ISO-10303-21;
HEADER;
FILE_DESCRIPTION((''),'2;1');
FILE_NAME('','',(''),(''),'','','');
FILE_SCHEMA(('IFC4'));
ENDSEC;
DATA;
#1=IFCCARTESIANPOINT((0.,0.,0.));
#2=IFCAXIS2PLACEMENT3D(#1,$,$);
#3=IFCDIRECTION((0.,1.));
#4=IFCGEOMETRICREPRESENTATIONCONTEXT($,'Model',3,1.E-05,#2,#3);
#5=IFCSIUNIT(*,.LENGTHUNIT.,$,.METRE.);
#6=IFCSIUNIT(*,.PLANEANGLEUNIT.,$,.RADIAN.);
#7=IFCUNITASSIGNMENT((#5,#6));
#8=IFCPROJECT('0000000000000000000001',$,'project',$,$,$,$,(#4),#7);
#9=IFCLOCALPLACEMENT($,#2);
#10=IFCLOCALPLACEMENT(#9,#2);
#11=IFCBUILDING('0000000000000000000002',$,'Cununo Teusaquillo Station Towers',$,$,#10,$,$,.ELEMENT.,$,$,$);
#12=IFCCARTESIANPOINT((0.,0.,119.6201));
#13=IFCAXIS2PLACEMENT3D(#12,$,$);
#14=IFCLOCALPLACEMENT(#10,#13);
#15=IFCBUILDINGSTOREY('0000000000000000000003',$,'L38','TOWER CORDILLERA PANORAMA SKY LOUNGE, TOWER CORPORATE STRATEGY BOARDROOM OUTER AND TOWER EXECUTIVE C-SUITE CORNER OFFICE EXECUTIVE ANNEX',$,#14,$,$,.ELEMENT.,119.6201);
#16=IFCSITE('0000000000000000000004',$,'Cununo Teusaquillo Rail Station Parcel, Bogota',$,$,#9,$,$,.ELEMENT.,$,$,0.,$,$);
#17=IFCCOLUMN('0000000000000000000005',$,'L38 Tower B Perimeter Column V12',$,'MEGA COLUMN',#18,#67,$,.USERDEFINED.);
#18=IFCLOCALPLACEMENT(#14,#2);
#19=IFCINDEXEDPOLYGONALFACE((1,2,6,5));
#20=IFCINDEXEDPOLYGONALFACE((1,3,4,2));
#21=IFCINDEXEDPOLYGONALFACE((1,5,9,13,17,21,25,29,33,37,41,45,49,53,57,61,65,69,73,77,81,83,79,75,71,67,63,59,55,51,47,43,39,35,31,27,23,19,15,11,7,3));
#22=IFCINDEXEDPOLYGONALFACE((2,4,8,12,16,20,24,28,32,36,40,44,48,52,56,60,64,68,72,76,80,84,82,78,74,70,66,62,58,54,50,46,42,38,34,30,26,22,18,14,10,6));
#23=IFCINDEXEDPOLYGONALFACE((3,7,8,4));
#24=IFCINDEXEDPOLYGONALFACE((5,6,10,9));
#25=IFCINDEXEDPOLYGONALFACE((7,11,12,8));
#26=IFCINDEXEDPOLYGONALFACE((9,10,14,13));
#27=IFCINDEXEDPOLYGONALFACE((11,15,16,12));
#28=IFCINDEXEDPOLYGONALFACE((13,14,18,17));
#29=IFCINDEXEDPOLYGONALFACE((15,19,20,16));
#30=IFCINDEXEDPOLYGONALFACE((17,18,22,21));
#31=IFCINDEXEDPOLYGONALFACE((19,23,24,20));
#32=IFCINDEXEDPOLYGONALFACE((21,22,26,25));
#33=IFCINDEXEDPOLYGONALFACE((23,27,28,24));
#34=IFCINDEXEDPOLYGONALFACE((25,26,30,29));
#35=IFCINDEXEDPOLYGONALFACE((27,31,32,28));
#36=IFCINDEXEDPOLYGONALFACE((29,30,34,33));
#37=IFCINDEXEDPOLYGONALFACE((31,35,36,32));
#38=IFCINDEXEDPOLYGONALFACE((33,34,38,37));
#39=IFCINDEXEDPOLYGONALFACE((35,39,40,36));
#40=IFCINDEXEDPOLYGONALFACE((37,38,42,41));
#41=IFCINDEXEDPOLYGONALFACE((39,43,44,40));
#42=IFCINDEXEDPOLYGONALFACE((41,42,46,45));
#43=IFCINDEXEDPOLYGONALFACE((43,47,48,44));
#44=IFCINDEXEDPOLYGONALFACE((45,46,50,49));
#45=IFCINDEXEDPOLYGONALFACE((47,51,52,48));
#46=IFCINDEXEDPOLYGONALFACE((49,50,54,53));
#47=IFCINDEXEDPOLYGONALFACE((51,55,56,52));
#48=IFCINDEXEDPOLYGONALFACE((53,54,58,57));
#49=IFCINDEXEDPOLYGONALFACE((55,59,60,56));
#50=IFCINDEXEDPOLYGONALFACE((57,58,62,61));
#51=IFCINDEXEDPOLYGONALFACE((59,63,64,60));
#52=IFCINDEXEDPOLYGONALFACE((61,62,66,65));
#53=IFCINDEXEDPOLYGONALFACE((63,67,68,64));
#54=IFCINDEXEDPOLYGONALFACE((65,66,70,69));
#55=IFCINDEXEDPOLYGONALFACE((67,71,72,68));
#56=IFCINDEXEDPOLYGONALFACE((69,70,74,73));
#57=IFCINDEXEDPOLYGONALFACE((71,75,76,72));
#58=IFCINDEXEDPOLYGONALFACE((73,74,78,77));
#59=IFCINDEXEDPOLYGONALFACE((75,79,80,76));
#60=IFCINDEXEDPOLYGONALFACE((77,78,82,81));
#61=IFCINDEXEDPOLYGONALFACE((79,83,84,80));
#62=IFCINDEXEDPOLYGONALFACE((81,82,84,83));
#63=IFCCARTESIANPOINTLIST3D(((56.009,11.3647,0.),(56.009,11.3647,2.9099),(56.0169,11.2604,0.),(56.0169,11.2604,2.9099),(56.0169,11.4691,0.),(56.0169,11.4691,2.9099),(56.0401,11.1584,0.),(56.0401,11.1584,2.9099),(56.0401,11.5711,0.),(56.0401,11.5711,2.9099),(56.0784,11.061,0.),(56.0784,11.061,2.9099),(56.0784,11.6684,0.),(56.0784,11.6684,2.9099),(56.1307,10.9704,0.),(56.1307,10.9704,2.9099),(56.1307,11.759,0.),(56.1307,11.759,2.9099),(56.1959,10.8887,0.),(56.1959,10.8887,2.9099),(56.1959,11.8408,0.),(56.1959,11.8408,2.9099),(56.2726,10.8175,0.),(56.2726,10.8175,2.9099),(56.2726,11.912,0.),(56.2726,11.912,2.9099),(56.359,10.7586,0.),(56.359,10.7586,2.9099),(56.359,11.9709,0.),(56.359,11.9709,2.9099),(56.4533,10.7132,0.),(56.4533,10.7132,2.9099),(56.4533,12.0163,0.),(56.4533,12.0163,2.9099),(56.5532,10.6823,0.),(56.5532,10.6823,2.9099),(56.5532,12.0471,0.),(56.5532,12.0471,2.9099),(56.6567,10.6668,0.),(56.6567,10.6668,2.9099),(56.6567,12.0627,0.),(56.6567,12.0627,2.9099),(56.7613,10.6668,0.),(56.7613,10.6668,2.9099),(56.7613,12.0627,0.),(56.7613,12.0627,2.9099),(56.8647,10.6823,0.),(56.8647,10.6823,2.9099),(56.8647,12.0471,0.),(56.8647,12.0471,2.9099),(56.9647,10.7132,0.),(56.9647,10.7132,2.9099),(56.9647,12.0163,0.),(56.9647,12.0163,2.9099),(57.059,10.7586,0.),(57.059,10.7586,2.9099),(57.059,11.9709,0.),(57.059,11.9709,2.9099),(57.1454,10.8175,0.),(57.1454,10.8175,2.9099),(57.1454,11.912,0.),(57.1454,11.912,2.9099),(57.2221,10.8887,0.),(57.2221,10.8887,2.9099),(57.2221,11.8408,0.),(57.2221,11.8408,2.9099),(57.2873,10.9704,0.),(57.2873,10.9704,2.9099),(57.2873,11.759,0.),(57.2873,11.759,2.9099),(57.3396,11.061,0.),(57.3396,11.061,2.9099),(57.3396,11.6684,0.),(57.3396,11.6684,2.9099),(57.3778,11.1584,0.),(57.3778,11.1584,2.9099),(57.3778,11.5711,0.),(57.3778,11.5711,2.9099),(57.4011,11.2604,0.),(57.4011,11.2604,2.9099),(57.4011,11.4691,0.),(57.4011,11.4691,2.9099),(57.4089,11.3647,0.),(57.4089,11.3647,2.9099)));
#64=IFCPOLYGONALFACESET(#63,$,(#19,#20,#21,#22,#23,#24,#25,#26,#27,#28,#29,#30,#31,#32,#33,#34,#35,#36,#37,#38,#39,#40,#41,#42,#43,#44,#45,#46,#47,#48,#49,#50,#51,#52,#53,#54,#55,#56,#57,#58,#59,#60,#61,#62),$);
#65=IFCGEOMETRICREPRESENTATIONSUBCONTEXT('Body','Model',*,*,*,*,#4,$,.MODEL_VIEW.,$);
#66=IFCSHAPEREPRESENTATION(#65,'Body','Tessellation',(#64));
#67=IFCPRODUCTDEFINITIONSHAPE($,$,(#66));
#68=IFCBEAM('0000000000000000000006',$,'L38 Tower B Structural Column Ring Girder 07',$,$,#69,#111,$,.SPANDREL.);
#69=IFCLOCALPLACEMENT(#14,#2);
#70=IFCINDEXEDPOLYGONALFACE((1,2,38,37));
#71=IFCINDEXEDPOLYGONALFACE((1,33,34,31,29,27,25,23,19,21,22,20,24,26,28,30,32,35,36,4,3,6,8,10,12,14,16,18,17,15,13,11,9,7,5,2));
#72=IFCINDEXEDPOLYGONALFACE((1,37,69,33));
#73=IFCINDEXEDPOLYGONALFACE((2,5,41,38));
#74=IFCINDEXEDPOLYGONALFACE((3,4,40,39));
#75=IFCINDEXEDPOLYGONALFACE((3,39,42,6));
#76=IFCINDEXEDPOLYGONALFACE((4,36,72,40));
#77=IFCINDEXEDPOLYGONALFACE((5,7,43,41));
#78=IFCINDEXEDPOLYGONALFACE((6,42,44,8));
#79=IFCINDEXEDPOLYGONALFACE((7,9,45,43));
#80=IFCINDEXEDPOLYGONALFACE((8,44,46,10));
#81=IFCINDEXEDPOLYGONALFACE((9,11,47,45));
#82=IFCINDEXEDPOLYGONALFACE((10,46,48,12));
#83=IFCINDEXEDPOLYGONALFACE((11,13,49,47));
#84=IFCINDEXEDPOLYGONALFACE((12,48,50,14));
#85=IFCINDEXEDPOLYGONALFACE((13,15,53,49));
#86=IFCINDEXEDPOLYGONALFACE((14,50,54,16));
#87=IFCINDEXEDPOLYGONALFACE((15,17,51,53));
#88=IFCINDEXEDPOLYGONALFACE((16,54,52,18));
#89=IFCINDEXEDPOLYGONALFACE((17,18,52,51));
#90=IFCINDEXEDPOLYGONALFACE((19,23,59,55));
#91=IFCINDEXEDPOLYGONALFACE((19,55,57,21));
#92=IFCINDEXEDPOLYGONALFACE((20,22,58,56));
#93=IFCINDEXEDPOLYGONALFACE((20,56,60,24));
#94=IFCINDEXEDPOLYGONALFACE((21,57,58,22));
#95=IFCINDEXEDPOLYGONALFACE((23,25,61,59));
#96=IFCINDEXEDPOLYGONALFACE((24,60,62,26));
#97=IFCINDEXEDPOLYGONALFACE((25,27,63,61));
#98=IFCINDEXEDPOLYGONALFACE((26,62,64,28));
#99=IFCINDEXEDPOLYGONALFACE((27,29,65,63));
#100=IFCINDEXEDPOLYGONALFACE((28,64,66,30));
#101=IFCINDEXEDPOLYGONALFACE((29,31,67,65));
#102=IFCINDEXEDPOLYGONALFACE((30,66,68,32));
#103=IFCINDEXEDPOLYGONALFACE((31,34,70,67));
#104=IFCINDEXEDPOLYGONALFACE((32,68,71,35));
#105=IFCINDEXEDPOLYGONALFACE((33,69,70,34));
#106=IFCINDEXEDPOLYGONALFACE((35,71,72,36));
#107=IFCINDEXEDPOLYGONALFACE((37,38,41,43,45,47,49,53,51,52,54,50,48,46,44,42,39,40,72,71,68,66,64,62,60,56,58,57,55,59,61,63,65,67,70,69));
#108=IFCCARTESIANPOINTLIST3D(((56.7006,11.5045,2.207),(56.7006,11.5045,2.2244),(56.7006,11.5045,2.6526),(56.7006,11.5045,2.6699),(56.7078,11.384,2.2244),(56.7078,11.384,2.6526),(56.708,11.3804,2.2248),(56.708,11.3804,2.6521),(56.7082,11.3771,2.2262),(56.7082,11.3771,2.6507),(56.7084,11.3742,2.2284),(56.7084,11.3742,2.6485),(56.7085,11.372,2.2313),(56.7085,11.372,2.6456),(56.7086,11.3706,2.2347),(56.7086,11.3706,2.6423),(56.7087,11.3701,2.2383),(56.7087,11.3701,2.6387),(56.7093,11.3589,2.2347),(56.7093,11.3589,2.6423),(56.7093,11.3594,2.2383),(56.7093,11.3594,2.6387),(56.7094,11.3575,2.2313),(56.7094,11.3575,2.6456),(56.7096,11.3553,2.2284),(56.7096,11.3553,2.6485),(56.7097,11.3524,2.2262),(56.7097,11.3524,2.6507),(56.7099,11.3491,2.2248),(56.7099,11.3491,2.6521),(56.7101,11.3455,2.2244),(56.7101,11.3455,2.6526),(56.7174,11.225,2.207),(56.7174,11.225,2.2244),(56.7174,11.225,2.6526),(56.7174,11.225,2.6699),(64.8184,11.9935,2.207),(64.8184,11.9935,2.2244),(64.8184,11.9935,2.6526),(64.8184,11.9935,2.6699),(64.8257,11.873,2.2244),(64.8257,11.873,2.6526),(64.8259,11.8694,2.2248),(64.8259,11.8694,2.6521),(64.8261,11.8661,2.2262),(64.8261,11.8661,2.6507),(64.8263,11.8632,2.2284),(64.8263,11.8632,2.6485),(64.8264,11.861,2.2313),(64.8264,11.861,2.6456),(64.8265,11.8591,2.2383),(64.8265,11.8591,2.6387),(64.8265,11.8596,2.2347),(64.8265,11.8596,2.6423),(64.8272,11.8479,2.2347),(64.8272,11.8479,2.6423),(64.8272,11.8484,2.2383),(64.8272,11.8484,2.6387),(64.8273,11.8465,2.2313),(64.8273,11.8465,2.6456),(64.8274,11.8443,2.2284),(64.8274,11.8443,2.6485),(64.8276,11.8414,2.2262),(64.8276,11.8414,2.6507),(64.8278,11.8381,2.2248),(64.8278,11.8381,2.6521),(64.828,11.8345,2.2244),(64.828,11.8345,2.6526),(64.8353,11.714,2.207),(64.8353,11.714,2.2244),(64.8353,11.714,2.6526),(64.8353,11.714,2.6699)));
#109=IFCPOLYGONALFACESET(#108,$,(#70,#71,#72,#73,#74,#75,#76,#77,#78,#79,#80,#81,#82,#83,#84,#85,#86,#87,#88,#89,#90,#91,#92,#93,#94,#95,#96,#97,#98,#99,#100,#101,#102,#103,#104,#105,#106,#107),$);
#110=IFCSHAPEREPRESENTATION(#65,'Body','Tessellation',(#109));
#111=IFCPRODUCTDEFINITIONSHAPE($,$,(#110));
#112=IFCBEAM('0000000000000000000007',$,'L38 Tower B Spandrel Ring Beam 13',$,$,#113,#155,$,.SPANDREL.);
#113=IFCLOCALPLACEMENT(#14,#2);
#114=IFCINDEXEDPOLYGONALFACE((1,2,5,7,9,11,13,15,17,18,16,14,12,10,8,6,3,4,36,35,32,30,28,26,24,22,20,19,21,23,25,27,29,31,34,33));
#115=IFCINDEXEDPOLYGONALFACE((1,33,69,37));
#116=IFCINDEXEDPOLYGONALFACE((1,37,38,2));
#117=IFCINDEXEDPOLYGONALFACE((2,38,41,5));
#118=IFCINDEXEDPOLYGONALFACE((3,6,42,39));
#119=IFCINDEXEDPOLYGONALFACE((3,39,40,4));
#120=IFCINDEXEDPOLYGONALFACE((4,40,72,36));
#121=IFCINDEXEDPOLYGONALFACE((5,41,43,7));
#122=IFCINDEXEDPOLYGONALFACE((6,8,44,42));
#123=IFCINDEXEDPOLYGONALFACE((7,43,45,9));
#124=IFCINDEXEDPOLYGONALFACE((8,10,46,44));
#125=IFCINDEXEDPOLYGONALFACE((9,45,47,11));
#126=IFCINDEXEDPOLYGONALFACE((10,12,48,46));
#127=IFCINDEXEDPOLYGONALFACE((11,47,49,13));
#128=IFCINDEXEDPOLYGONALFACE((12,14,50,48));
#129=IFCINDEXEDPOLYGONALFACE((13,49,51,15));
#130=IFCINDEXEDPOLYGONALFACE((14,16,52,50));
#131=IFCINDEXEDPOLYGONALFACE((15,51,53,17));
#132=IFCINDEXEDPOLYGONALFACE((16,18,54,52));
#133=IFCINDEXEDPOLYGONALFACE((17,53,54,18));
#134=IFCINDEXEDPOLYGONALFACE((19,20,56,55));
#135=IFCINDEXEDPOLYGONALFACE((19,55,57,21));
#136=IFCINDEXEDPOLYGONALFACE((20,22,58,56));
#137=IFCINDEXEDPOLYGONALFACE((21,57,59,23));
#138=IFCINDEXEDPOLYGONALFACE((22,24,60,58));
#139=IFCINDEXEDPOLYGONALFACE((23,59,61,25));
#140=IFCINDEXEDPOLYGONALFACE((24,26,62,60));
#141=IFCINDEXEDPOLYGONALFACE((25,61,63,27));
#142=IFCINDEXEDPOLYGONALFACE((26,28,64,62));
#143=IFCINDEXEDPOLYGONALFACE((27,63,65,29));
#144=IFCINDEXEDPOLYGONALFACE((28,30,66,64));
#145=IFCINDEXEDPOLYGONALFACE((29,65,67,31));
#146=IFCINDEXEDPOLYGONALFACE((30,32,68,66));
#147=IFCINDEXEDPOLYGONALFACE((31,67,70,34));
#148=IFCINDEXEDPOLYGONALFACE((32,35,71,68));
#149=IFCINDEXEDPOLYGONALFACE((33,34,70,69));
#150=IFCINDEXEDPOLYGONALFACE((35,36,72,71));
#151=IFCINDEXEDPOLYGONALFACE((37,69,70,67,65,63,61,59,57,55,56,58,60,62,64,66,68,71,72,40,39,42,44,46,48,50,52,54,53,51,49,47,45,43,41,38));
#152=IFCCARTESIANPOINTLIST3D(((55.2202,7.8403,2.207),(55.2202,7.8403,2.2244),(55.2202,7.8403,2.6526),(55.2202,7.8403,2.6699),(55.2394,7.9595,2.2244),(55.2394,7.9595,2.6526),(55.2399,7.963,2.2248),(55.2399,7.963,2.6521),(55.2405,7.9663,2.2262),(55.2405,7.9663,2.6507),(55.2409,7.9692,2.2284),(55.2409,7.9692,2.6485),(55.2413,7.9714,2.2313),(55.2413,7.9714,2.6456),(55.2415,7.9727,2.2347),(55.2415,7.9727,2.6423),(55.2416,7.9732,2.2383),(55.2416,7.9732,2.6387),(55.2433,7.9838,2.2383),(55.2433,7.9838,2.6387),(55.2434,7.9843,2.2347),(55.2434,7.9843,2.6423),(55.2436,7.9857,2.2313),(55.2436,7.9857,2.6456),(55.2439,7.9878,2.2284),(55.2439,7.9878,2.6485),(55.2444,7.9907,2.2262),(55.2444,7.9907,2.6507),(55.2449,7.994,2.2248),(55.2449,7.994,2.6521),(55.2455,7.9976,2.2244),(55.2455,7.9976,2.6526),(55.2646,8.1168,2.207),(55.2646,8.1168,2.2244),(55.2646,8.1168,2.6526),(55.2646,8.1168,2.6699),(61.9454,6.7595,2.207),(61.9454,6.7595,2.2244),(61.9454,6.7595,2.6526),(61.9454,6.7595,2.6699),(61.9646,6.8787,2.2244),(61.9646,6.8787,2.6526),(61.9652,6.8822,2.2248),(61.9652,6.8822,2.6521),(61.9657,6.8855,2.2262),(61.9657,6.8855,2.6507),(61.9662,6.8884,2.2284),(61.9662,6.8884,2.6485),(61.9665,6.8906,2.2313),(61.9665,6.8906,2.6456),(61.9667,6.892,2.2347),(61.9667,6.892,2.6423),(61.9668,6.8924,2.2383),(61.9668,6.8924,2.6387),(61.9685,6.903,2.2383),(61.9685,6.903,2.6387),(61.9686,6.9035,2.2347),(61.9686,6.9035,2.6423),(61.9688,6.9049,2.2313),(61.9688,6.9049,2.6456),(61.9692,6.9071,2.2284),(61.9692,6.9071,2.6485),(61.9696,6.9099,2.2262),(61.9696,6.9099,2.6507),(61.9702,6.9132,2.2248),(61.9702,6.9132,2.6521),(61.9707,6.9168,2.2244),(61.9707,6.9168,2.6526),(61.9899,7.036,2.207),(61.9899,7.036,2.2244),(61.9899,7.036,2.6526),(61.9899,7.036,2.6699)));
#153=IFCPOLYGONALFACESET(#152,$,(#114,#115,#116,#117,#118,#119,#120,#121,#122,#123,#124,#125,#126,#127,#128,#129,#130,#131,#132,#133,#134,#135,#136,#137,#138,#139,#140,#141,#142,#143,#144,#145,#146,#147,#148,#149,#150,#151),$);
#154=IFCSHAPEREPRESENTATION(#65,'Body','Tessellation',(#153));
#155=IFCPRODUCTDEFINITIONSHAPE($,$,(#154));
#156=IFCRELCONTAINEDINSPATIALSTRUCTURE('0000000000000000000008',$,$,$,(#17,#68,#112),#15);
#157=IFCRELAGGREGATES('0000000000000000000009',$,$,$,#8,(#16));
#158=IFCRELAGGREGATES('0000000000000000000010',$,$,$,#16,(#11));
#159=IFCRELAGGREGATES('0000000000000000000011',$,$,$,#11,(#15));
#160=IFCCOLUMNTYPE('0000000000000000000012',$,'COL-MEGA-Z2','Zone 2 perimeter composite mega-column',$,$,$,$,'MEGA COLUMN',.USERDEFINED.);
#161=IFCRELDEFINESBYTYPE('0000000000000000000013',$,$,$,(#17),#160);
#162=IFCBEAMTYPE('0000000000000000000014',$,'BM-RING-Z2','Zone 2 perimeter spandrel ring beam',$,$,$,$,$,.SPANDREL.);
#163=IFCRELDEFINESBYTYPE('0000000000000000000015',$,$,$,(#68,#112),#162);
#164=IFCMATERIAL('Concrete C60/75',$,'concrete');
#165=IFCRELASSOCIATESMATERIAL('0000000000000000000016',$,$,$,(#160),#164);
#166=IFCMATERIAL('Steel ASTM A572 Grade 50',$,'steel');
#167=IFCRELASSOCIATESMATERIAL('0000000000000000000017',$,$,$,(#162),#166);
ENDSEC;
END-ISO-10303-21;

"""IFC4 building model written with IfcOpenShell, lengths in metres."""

from ifc_helpers import new_model, si_unit, direction, frame, origin, origin_2d, place, context, subcontext, project, spatial, circle, i_section, extrude, material, material_profile, profile_set, type_object, element, save


model = new_model("IFC4")

# Units and contexts
model_context = context("Model", 3, precision=1e-05, world=origin(), true_north=direction((0.0, 1.0)))
body_context = subcontext(model_context, "Body", "Model", "MODEL_VIEW")
ifc_project = project(units=[si_unit("LENGTHUNIT", "METRE"), si_unit("PLANEANGLEUNIT", "RADIAN")], contexts=[model_context])

# Site, building, storey
site_placement = place(None, origin())
site = spatial("IfcSite", under=ifc_project, at=site_placement, Name="Cununo Teusaquillo Rail Station Parcel, Bogota", CompositionType="ELEMENT", RefElevation=0.0)
building_placement = place(site_placement, origin())
building = spatial("IfcBuilding", under=site, at=building_placement, Name="Cununo Teusaquillo Station Towers", CompositionType="ELEMENT")
storey_placement = place(building_placement, frame((0.0, 0.0, 119.6201)))
storey = spatial("IfcBuildingStorey", under=building, at=storey_placement, Name="L38", Description="TOWER CORDILLERA PANORAMA SKY LOUNGE, TOWER CORPORATE STRATEGY BOARDROOM OUTER AND TOWER EXECUTIVE C-SUITE CORNER OFFICE EXECUTIVE ANNEX", CompositionType="ELEMENT", Elevation=119.6201)

# Column
ifc_material_1 = material(Name="Concrete C60/75", Category="concrete")
ifc_material_profile_1 = material_profile(ifc_material_1, circle(Radius=0.7, at=origin_2d()), Name="RC-CIRC-1400")
ifc_profile_set_1 = profile_set([ifc_material_profile_1], Name="Concrete C60/75")
column_type = type_object("IfcColumnType", Name="COL-MEGA-Z2", Description="Zone 2 perimeter composite mega-column", ElementType="MEGA COLUMN", PredefinedType="USERDEFINED", material=ifc_profile_set_1)
column_placement = place(storey_placement, frame((56.709, 11.3647, 0.0), z_axis=(0.0, 0.0, 1.0), x_axis=(1.0, 0.0, 0.0)))
element("IfcColumn", 1, at=column_placement, inside=storey, type_object=column_type, Name="L38 Tower B Perimeter Column V12", ObjectType="MEGA COLUMN", PredefinedType="USERDEFINED", context=body_context, shape_type="SweptSolid", body=[
    extrude(circle(Radius=0.7, at=origin_2d()), origin(), (0.0, 0.0, 1.0), 2.9099),
])

# Beams
ifc_material_2 = material(Name="Steel ASTM A572 Grade 50", Category="steel")
ifc_material_profile_2 = material_profile(ifc_material_2, i_section(OverallWidth=0.28, OverallDepth=0.4629, WebThickness=0.0107, FlangeThickness=0.0173, FilletRadius=0.0139, at=origin_2d()), Name="W18X76")
ifc_profile_set_2 = profile_set([ifc_material_profile_2], Name="Steel ASTM A572 Grade 50")
beam_type = type_object("IfcBeamType", Name="BM-RING-Z2", Description="Zone 2 perimeter spandrel ring beam", PredefinedType="SPANDREL", material=ifc_profile_set_2)
beam_1_placement = place(storey_placement, frame((56.709, 11.3647, 2.4385), z_axis=(0.998191, 0.06013, 0.0), x_axis=(-0.06013, 0.998191, 0.0)))
element("IfcBeam", 2, at=beam_1_placement, inside=storey, type_object=beam_type, Name="L38 Tower B Structural Column Ring Girder 07", PredefinedType="SPANDREL", context=body_context, shape_type="SweptSolid", body=[
    extrude(i_section(OverallWidth=0.28, OverallDepth=0.4629, WebThickness=0.0107, FlangeThickness=0.0173, FilletRadius=0.0139, at=origin_2d()), origin(), (0.0, 0.0, 1.0), 8.1326),
])
beam_2_placement = place(storey_placement, frame((55.2424, 7.9785, 2.4385), z_axis=(0.987331, -0.158671, 0.0), x_axis=(0.158671, 0.987331, 0.0)))
element("IfcBeam", 3, at=beam_2_placement, inside=storey, type_object=beam_type, Name="L38 Tower B Spandrel Ring Beam 13", PredefinedType="SPANDREL", context=body_context, shape_type="SweptSolid", body=[
    extrude(i_section(OverallWidth=0.28, OverallDepth=0.4629, WebThickness=0.0107, FlangeThickness=0.0173, FilletRadius=0.0139, at=origin_2d()), origin(), (0.0, 0.0, 1.0), 6.8115),
])

save(model, "model.ifc")
